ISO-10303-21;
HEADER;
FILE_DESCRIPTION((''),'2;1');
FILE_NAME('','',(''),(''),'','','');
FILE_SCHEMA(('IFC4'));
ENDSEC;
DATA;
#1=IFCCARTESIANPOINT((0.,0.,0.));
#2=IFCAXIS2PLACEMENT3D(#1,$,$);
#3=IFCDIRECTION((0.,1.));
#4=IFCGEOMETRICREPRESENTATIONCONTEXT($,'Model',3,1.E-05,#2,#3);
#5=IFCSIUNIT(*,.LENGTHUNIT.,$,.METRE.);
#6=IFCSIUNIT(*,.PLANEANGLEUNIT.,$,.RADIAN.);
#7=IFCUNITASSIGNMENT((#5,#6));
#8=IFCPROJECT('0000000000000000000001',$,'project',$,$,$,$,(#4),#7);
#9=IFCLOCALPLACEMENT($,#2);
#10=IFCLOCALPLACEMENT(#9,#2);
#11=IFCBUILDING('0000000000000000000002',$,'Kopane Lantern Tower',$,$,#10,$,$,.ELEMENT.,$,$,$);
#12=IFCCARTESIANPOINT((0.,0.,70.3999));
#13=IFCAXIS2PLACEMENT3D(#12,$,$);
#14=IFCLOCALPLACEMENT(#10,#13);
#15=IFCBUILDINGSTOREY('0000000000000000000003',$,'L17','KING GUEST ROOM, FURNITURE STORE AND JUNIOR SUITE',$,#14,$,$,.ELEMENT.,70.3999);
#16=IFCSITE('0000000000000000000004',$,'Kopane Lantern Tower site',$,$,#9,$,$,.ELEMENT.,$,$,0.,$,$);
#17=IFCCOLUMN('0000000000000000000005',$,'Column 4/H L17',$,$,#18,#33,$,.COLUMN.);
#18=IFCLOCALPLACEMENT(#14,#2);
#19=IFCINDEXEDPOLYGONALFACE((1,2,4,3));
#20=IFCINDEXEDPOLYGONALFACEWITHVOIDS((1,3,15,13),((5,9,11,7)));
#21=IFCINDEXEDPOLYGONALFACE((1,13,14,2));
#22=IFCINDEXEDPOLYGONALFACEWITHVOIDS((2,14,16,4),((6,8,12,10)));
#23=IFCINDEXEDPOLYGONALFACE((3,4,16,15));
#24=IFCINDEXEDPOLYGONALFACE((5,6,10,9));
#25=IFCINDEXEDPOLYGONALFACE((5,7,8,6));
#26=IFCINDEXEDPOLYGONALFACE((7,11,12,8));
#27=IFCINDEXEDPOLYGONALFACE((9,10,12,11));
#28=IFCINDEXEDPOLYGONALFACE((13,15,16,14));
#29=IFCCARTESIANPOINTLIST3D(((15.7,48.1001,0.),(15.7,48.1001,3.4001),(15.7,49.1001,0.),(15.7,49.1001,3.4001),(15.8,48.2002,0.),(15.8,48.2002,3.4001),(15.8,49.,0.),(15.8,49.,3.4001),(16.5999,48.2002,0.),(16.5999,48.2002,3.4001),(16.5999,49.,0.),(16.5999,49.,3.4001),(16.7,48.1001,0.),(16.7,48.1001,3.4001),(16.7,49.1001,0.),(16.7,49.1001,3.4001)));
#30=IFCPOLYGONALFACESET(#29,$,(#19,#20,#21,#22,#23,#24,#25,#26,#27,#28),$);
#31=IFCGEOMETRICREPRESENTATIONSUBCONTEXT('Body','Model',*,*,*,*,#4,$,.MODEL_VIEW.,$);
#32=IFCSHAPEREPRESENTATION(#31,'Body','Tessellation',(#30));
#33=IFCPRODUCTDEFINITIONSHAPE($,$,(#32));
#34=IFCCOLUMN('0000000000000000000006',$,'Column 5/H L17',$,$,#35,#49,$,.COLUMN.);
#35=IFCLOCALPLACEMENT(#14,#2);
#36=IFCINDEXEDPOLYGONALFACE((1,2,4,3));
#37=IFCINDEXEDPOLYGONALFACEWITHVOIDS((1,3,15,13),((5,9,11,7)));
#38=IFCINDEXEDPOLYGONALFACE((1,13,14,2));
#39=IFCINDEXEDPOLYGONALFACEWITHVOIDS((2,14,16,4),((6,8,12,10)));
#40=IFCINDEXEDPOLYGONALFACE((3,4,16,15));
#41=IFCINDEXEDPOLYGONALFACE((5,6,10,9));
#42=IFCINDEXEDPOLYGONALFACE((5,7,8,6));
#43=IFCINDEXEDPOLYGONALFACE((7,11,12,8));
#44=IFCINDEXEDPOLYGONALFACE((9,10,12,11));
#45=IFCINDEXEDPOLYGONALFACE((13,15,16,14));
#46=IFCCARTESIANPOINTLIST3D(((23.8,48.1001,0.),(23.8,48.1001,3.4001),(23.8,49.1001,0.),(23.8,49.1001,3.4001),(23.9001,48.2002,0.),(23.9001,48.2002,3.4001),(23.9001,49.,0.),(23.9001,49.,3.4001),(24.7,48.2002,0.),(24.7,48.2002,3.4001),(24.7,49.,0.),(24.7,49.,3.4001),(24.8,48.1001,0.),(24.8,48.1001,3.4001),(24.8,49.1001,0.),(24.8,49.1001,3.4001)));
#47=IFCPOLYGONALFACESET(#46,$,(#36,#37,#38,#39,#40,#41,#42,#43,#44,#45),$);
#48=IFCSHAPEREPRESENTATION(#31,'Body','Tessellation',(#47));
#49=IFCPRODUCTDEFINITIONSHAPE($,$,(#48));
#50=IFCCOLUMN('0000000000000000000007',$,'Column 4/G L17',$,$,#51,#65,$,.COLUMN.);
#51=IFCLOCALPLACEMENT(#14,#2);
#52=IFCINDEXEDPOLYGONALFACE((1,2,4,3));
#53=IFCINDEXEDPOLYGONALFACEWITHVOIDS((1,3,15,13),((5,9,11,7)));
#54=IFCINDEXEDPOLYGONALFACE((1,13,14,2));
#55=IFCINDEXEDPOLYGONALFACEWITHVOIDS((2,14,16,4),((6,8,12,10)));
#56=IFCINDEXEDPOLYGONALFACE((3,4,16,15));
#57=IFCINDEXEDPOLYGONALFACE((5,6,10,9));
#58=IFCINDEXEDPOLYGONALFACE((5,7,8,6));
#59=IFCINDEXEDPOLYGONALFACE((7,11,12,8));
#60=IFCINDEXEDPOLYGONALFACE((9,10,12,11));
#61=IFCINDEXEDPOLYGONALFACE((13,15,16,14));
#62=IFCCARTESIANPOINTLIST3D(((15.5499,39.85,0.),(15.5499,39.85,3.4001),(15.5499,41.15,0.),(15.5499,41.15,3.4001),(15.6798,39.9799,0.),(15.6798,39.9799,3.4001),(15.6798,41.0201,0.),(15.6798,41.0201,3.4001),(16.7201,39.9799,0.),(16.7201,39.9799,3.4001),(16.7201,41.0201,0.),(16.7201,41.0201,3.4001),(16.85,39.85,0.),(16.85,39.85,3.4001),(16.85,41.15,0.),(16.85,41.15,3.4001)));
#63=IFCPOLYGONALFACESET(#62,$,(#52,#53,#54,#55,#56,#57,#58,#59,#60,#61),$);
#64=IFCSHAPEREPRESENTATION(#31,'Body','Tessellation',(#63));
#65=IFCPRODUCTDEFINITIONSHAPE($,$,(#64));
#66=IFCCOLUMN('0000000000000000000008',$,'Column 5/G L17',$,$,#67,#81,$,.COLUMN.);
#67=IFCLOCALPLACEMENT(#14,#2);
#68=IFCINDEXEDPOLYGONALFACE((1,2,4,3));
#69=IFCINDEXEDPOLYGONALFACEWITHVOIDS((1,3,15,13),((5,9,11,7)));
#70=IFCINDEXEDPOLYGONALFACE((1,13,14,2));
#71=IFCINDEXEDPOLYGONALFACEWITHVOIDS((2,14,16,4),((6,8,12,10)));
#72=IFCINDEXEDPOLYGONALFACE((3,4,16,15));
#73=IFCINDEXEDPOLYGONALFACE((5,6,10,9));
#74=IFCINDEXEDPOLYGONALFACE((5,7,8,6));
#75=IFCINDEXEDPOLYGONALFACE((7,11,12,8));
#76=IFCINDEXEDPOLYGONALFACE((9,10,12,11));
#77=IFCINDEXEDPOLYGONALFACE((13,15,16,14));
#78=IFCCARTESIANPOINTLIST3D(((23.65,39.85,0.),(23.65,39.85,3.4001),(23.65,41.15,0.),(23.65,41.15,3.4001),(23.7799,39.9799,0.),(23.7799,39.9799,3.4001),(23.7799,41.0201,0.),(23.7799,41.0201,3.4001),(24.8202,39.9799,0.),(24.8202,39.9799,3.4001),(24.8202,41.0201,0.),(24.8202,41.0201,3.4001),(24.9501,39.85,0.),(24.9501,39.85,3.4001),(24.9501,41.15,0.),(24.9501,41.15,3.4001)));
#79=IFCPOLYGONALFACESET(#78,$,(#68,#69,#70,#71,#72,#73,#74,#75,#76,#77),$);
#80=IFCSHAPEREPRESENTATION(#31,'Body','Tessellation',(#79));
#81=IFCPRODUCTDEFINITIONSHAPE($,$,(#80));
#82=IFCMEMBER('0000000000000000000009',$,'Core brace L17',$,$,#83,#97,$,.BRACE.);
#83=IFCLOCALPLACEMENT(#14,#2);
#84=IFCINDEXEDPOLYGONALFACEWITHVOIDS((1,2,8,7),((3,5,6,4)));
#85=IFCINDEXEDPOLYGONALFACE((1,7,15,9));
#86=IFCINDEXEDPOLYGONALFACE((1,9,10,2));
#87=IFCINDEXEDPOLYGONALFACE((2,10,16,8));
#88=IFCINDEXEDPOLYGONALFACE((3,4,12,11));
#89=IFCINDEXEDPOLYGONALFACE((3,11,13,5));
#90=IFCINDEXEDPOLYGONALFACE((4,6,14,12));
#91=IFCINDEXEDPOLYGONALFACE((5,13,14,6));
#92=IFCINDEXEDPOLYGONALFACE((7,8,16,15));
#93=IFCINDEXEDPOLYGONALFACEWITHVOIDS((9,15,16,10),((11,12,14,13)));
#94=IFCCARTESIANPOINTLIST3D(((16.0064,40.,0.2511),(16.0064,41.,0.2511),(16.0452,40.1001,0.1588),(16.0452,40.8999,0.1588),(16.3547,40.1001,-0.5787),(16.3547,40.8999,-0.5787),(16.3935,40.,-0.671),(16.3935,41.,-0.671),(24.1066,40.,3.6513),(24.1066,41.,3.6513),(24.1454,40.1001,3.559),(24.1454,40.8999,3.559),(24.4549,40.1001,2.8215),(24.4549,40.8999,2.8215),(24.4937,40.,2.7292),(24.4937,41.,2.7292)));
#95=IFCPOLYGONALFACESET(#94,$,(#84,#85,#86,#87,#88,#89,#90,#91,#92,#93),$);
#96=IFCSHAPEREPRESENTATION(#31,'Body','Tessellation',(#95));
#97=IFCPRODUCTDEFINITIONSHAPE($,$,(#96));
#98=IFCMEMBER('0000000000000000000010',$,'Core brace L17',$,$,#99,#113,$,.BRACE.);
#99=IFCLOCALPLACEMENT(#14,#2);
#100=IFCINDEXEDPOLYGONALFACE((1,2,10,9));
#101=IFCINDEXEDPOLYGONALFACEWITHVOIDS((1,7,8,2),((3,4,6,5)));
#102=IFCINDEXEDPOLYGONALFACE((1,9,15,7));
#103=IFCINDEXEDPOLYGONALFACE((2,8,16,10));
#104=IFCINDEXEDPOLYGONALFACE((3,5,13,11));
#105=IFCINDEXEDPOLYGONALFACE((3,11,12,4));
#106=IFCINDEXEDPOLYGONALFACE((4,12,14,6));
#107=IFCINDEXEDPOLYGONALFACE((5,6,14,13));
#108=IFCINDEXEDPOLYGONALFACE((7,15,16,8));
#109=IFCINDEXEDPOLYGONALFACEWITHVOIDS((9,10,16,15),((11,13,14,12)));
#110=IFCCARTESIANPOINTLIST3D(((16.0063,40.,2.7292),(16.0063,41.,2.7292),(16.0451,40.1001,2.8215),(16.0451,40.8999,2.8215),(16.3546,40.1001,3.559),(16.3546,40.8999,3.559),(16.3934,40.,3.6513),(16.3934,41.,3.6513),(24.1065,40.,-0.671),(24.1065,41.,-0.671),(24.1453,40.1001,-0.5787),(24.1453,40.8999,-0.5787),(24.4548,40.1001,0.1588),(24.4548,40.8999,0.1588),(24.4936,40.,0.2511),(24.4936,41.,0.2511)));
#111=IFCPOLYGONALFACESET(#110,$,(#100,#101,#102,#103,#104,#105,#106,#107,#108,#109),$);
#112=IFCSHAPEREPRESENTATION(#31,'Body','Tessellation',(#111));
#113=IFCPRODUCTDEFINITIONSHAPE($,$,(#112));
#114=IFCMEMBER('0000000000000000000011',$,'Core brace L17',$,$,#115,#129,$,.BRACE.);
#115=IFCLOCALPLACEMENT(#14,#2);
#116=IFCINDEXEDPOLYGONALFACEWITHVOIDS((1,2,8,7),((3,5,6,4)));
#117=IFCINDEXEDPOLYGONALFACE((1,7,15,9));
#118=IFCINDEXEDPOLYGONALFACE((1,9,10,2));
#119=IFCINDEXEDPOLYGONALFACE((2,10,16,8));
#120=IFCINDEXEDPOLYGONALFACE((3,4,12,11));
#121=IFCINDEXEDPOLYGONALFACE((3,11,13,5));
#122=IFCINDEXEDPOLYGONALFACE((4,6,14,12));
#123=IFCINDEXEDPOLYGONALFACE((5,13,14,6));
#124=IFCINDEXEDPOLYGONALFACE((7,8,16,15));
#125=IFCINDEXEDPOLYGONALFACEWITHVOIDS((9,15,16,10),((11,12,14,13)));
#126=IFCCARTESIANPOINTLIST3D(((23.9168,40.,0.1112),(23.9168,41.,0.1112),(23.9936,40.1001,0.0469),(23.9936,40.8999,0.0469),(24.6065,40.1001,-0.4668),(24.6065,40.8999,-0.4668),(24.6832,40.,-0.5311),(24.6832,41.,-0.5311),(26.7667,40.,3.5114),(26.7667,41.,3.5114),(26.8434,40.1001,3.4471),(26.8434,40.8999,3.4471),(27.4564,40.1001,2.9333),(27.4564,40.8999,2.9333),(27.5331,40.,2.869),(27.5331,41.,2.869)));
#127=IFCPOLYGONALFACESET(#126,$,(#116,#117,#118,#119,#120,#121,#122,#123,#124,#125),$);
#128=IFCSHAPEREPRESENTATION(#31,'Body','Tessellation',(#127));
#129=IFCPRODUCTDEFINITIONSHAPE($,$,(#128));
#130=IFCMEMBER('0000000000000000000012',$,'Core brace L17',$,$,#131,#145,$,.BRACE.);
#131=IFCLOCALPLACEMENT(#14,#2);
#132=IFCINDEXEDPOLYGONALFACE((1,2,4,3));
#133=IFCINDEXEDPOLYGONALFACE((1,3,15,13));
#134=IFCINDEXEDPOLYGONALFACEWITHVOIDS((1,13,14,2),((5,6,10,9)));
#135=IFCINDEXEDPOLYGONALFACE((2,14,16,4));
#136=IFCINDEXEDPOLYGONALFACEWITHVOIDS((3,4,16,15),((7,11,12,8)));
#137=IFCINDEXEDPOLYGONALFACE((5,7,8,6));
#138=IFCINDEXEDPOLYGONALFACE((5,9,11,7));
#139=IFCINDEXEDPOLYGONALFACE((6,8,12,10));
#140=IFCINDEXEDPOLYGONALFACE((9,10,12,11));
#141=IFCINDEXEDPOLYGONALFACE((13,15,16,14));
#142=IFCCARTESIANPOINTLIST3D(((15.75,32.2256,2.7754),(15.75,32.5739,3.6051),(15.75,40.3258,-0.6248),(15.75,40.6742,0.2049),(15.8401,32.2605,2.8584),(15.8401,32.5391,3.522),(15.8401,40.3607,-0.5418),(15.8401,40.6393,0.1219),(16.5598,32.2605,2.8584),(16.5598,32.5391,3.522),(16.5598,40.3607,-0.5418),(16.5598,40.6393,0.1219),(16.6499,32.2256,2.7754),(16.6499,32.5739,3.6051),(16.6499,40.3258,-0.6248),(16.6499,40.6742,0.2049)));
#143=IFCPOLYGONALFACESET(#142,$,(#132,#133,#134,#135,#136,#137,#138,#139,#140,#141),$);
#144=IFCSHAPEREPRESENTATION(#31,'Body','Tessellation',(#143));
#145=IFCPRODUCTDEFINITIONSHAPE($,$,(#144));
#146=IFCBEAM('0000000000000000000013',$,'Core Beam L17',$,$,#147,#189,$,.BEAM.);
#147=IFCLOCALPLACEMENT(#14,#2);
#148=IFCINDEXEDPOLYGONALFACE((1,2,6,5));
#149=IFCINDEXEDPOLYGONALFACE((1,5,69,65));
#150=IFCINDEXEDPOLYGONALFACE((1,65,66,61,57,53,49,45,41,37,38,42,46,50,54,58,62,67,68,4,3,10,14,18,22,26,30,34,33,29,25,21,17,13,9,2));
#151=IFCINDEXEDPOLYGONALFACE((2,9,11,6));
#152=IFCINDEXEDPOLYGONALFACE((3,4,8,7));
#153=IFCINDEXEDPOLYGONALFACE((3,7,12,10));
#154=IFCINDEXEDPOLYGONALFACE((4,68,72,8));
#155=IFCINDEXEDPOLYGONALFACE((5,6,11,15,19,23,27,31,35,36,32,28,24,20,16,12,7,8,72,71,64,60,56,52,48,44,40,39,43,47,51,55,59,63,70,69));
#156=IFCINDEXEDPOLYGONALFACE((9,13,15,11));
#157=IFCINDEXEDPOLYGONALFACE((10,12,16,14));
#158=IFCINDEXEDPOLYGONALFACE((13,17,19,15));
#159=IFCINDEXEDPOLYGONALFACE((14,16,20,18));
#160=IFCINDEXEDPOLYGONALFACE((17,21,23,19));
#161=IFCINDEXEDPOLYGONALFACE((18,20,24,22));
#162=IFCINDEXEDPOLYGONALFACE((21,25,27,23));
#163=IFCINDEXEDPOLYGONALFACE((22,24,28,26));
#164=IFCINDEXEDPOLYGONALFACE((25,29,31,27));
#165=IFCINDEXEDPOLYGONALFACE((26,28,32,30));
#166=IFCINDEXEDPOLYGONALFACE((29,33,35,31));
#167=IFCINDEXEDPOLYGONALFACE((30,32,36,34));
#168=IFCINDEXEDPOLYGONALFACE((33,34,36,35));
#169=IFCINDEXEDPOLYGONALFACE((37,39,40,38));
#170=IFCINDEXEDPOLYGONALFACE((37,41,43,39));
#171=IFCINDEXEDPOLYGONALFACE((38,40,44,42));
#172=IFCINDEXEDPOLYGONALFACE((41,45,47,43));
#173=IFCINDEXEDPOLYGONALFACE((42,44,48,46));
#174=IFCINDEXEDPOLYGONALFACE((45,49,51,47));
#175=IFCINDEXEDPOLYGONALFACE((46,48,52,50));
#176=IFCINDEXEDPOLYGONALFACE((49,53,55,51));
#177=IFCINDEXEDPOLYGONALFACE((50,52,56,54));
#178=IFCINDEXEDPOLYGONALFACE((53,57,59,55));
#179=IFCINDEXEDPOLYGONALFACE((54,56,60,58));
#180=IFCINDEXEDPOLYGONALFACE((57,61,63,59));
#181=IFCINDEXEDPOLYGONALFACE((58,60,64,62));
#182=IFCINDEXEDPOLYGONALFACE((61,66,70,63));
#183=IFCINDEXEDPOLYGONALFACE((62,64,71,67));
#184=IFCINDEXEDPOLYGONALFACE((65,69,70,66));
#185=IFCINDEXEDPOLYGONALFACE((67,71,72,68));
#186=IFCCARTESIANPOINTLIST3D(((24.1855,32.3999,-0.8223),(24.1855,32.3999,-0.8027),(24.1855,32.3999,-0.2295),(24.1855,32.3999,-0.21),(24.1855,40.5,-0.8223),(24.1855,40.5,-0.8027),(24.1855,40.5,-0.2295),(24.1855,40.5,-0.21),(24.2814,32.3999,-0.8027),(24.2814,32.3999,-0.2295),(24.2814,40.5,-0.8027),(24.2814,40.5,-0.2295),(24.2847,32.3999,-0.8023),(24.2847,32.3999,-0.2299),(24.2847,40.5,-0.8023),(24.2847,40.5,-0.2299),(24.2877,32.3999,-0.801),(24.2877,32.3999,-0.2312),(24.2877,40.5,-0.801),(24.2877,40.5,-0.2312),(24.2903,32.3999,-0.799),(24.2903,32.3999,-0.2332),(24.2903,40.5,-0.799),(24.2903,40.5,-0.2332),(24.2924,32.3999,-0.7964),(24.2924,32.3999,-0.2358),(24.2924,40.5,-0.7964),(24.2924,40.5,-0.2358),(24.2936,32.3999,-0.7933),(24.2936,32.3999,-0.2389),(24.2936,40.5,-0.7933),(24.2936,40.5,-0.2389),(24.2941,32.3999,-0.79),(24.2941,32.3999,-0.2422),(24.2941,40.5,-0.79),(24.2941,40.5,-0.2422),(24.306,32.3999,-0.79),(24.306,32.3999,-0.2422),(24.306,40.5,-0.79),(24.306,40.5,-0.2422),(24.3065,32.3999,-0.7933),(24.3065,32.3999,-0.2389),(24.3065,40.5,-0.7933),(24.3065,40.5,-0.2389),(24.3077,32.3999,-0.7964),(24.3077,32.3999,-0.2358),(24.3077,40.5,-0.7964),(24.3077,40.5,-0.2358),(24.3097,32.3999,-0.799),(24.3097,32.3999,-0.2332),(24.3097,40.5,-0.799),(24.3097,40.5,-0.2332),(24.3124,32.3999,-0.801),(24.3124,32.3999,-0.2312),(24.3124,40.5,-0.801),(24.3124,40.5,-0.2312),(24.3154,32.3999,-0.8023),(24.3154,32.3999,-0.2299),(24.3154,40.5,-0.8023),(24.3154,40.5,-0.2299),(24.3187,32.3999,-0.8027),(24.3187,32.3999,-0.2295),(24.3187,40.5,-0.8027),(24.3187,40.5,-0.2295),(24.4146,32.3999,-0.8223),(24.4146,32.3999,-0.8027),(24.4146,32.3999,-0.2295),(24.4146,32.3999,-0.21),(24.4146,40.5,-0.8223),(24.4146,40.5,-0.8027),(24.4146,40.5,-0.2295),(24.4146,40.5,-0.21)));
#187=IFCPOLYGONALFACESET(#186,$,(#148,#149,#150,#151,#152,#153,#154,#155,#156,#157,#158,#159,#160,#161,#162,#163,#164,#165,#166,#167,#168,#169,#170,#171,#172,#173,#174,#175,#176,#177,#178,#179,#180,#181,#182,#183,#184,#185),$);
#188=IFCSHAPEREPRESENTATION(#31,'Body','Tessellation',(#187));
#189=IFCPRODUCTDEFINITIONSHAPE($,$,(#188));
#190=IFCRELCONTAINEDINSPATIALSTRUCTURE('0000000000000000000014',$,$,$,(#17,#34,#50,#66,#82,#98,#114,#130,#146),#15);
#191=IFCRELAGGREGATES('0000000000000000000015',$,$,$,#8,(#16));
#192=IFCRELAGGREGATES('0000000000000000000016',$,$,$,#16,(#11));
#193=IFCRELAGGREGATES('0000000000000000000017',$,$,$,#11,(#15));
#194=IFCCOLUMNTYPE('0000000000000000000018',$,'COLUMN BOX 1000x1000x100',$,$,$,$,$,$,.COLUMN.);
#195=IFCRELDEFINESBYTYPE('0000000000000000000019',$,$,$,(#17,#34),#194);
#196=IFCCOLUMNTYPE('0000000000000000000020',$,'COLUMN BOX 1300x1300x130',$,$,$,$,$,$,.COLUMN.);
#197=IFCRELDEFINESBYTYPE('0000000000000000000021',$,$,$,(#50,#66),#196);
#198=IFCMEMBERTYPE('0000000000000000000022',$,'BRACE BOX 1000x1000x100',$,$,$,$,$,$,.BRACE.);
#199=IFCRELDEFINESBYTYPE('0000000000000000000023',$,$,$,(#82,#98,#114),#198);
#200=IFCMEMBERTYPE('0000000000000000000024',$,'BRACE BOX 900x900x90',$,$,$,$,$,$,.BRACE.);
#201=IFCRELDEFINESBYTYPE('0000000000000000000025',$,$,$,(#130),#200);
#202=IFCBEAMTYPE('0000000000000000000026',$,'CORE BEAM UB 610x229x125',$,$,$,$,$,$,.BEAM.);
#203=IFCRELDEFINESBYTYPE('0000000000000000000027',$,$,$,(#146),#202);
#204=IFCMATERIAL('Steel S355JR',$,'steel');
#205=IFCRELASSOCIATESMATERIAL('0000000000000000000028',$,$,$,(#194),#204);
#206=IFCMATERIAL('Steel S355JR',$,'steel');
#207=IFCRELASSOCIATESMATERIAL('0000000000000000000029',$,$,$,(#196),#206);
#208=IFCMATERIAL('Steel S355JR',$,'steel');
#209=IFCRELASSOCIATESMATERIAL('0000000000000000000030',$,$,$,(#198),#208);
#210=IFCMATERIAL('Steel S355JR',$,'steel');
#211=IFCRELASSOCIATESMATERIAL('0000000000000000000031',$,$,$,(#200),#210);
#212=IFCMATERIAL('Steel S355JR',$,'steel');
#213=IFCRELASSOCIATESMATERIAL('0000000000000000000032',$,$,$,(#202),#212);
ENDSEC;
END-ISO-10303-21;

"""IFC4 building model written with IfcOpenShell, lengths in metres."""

from ifc_helpers import new_model, si_unit, direction, frame, origin, origin_2d, place, context, subcontext, project, spatial, hollow_rectangle, i_section, extrude, material, material_profile, profile_set, type_object, element, save


model = new_model("IFC4")

# Units and contexts
model_context = context("Model", 3, precision=1e-05, world=origin(), true_north=direction((0.0, 1.0)))
body_context = subcontext(model_context, "Body", "Model", "MODEL_VIEW")
ifc_project = project(units=[si_unit("LENGTHUNIT", "METRE"), si_unit("PLANEANGLEUNIT", "RADIAN")], contexts=[model_context])

# Site, building, storey
site_placement = place(None, origin())
site = spatial("IfcSite", under=ifc_project, at=site_placement, Name="Kopane Lantern Tower site", CompositionType="ELEMENT", RefElevation=0.0)
building_placement = place(site_placement, origin())
building = spatial("IfcBuilding", under=site, at=building_placement, Name="Kopane Lantern Tower", CompositionType="ELEMENT")
storey_placement = place(building_placement, frame((0.0, 0.0, 70.3999)))
storey = spatial("IfcBuildingStorey", under=building, at=storey_placement, Name="L17", Description="KING GUEST ROOM, FURNITURE STORE AND JUNIOR SUITE", CompositionType="ELEMENT", Elevation=70.3999)

# Columns
ifc_material_1 = material(Name="Steel S355JR", Category="steel")
ifc_material_profile_1 = material_profile(ifc_material_1, hollow_rectangle(XDim=1.0, YDim=1.0, WallThickness=0.1001, at=origin_2d()), Name="BOX 1000x1000x100")
ifc_profile_set_1 = profile_set([ifc_material_profile_1], Name="Steel S355JR")
column_type_1 = type_object("IfcColumnType", Name="COLUMN BOX 1000x1000x100", PredefinedType="COLUMN", material=ifc_profile_set_1)
for number, where, z_axis, x_axis, name in (
    (1, (16.2, 48.6001, 0.0), (0.0, 0.0, 1.0), (1.0, 0.0, 0.0), "Column 4/H L17"),
    (2, (24.3, 48.6001, 0.0), (0.0, 0.0, 1.0), (1.0, 0.0, 0.0), "Column 5/H L17"),
):
    element("IfcColumn", number, at=place(storey_placement, frame(where, z_axis=z_axis, x_axis=x_axis)), inside=storey, type_object=column_type_1, Name=name, PredefinedType="COLUMN", context=body_context, shape_type="SweptSolid", body=[
        extrude(hollow_rectangle(XDim=1.0, YDim=1.0, WallThickness=0.1001, at=origin_2d()), origin(), (0.0, 0.0, 1.0), 3.4001),
    ])
ifc_material_2 = material(Name="Steel S355JR", Category="steel")
ifc_material_profile_2 = material_profile(ifc_material_2, hollow_rectangle(XDim=1.3, YDim=1.3, WallThickness=0.1299, at=origin_2d()), Name="BOX 1300x1300x130")
ifc_profile_set_2 = profile_set([ifc_material_profile_2], Name="Steel S355JR")
column_type_2 = type_object("IfcColumnType", Name="COLUMN BOX 1300x1300x130", PredefinedType="COLUMN", material=ifc_profile_set_2)
for number, where, z_axis, x_axis, name in (
    (3, (16.2, 40.5, 0.0), (0.0, 0.0, 1.0), (1.0, 0.0, 0.0), "Column 4/G L17"),
    (4, (24.3, 40.5, 0.0), (0.0, 0.0, 1.0), (1.0, 0.0, 0.0), "Column 5/G L17"),
):
    element("IfcColumn", number, at=place(storey_placement, frame(where, z_axis=z_axis, x_axis=x_axis)), inside=storey, type_object=column_type_2, Name=name, PredefinedType="COLUMN", context=body_context, shape_type="SweptSolid", body=[
        extrude(hollow_rectangle(XDim=1.3, YDim=1.3, WallThickness=0.1299, at=origin_2d()), origin(), (0.0, 0.0, 1.0), 3.4001),
    ])

# Members
ifc_material_3 = material(Name="Steel S355JR", Category="steel")
ifc_material_profile_3 = material_profile(ifc_material_3, hollow_rectangle(XDim=1.0, YDim=1.0, WallThickness=0.1001, at=origin_2d()), Name="BOX 1000x1000x100")
ifc_profile_set_3 = profile_set([ifc_material_profile_3], Name="Steel S355JR")
member_type_1 = type_object("IfcMemberType", Name="BRACE BOX 1000x1000x100", PredefinedType="BRACE", material=ifc_profile_set_3)
for number, where, z_axis, x_axis, name in (
    (5, (16.2, 40.5, -0.21), (0.922059, 0.0, 0.387049), (0.0, 1.0, 0.0), "Core brace L17"),
    (6, (24.3, 40.5, -0.21), (-0.922059, 0.0, 0.387049), (0.0, -1.0, 0.0), "Core brace L17"),
):
    element("IfcMember", number, at=place(storey_placement, frame(where, z_axis=z_axis, x_axis=x_axis)), inside=storey, type_object=member_type_1, Name=name, PredefinedType="BRACE", context=body_context, shape_type="SweptSolid", body=[
        extrude(hollow_rectangle(XDim=1.0, YDim=1.0, WallThickness=0.1001, at=origin_2d()), origin(), (0.0, 0.0, 1.0), 8.7849),
    ])
member_1_placement = place(storey_placement, frame((24.3, 40.5, -0.21), z_axis=(0.642363, 0.0, 0.7664), x_axis=(0.0, 1.0, 0.0)))
element("IfcMember", 7, at=member_1_placement, inside=storey, type_object=member_type_1, Name="Core brace L17", PredefinedType="BRACE", context=body_context, shape_type="SweptSolid", body=[
    extrude(hollow_rectangle(XDim=1.0, YDim=1.0, WallThickness=0.1001, at=origin_2d()), origin(), (0.0, 0.0, 1.0), 4.4365),
])
ifc_material_4 = material(Name="Steel S355JR", Category="steel")
ifc_material_profile_4 = material_profile(ifc_material_4, hollow_rectangle(XDim=0.8999, YDim=0.8999, WallThickness=0.0901, at=origin_2d()), Name="BOX 900x900x90")
ifc_profile_set_4 = profile_set([ifc_material_profile_4], Name="Steel S355JR")
member_type_2 = type_object("IfcMemberType", Name="BRACE BOX 900x900x90", PredefinedType="BRACE", material=ifc_profile_set_4)
member_2_placement = place(storey_placement, frame((16.2, 40.5, -0.21), z_axis=(0.0, -0.922059, 0.387049), x_axis=(1.0, 0.0, 0.0)))
element("IfcMember", 8, at=member_2_placement, inside=storey, type_object=member_type_2, Name="Core brace L17", PredefinedType="BRACE", context=body_context, shape_type="SweptSolid", body=[
    extrude(hollow_rectangle(XDim=0.8999, YDim=0.8999, WallThickness=0.0901, at=origin_2d()), origin(), (0.0, 0.0, 1.0), 8.7849),
])

# Beam
ifc_material_5 = material(Name="Steel S355JR", Category="steel")
ifc_material_profile_5 = material_profile(ifc_material_5, i_section(OverallWidth=0.229, OverallDepth=0.6123, WebThickness=0.012, FlangeThickness=0.0195, FilletRadius=0.0127, at=origin_2d()), Name="UB 610x229x125")
ifc_profile_set_5 = profile_set([ifc_material_profile_5], Name="Steel S355JR")
beam_type_1 = type_object("IfcBeamType", Name="CORE BEAM UB 610x229x125", PredefinedType="BEAM", material=ifc_profile_set_5)
beam_1_placement = place(storey_placement, frame((24.3, 32.3999, -0.5161), z_axis=(0.0, 1.0, 0.0), x_axis=(-1.0, 0.0, 0.0)))
element("IfcBeam", 9, at=beam_1_placement, inside=storey, type_object=beam_type_1, Name="Core Beam L17", PredefinedType="BEAM", context=body_context, shape_type="SweptSolid", body=[
    extrude(i_section(OverallWidth=0.229, OverallDepth=0.6123, WebThickness=0.012, FlangeThickness=0.0195, FilletRadius=0.0127, at=origin_2d()), origin(), (0.0, 0.0, 1.0), 8.1001),
])

save(model, "model.ifc")
